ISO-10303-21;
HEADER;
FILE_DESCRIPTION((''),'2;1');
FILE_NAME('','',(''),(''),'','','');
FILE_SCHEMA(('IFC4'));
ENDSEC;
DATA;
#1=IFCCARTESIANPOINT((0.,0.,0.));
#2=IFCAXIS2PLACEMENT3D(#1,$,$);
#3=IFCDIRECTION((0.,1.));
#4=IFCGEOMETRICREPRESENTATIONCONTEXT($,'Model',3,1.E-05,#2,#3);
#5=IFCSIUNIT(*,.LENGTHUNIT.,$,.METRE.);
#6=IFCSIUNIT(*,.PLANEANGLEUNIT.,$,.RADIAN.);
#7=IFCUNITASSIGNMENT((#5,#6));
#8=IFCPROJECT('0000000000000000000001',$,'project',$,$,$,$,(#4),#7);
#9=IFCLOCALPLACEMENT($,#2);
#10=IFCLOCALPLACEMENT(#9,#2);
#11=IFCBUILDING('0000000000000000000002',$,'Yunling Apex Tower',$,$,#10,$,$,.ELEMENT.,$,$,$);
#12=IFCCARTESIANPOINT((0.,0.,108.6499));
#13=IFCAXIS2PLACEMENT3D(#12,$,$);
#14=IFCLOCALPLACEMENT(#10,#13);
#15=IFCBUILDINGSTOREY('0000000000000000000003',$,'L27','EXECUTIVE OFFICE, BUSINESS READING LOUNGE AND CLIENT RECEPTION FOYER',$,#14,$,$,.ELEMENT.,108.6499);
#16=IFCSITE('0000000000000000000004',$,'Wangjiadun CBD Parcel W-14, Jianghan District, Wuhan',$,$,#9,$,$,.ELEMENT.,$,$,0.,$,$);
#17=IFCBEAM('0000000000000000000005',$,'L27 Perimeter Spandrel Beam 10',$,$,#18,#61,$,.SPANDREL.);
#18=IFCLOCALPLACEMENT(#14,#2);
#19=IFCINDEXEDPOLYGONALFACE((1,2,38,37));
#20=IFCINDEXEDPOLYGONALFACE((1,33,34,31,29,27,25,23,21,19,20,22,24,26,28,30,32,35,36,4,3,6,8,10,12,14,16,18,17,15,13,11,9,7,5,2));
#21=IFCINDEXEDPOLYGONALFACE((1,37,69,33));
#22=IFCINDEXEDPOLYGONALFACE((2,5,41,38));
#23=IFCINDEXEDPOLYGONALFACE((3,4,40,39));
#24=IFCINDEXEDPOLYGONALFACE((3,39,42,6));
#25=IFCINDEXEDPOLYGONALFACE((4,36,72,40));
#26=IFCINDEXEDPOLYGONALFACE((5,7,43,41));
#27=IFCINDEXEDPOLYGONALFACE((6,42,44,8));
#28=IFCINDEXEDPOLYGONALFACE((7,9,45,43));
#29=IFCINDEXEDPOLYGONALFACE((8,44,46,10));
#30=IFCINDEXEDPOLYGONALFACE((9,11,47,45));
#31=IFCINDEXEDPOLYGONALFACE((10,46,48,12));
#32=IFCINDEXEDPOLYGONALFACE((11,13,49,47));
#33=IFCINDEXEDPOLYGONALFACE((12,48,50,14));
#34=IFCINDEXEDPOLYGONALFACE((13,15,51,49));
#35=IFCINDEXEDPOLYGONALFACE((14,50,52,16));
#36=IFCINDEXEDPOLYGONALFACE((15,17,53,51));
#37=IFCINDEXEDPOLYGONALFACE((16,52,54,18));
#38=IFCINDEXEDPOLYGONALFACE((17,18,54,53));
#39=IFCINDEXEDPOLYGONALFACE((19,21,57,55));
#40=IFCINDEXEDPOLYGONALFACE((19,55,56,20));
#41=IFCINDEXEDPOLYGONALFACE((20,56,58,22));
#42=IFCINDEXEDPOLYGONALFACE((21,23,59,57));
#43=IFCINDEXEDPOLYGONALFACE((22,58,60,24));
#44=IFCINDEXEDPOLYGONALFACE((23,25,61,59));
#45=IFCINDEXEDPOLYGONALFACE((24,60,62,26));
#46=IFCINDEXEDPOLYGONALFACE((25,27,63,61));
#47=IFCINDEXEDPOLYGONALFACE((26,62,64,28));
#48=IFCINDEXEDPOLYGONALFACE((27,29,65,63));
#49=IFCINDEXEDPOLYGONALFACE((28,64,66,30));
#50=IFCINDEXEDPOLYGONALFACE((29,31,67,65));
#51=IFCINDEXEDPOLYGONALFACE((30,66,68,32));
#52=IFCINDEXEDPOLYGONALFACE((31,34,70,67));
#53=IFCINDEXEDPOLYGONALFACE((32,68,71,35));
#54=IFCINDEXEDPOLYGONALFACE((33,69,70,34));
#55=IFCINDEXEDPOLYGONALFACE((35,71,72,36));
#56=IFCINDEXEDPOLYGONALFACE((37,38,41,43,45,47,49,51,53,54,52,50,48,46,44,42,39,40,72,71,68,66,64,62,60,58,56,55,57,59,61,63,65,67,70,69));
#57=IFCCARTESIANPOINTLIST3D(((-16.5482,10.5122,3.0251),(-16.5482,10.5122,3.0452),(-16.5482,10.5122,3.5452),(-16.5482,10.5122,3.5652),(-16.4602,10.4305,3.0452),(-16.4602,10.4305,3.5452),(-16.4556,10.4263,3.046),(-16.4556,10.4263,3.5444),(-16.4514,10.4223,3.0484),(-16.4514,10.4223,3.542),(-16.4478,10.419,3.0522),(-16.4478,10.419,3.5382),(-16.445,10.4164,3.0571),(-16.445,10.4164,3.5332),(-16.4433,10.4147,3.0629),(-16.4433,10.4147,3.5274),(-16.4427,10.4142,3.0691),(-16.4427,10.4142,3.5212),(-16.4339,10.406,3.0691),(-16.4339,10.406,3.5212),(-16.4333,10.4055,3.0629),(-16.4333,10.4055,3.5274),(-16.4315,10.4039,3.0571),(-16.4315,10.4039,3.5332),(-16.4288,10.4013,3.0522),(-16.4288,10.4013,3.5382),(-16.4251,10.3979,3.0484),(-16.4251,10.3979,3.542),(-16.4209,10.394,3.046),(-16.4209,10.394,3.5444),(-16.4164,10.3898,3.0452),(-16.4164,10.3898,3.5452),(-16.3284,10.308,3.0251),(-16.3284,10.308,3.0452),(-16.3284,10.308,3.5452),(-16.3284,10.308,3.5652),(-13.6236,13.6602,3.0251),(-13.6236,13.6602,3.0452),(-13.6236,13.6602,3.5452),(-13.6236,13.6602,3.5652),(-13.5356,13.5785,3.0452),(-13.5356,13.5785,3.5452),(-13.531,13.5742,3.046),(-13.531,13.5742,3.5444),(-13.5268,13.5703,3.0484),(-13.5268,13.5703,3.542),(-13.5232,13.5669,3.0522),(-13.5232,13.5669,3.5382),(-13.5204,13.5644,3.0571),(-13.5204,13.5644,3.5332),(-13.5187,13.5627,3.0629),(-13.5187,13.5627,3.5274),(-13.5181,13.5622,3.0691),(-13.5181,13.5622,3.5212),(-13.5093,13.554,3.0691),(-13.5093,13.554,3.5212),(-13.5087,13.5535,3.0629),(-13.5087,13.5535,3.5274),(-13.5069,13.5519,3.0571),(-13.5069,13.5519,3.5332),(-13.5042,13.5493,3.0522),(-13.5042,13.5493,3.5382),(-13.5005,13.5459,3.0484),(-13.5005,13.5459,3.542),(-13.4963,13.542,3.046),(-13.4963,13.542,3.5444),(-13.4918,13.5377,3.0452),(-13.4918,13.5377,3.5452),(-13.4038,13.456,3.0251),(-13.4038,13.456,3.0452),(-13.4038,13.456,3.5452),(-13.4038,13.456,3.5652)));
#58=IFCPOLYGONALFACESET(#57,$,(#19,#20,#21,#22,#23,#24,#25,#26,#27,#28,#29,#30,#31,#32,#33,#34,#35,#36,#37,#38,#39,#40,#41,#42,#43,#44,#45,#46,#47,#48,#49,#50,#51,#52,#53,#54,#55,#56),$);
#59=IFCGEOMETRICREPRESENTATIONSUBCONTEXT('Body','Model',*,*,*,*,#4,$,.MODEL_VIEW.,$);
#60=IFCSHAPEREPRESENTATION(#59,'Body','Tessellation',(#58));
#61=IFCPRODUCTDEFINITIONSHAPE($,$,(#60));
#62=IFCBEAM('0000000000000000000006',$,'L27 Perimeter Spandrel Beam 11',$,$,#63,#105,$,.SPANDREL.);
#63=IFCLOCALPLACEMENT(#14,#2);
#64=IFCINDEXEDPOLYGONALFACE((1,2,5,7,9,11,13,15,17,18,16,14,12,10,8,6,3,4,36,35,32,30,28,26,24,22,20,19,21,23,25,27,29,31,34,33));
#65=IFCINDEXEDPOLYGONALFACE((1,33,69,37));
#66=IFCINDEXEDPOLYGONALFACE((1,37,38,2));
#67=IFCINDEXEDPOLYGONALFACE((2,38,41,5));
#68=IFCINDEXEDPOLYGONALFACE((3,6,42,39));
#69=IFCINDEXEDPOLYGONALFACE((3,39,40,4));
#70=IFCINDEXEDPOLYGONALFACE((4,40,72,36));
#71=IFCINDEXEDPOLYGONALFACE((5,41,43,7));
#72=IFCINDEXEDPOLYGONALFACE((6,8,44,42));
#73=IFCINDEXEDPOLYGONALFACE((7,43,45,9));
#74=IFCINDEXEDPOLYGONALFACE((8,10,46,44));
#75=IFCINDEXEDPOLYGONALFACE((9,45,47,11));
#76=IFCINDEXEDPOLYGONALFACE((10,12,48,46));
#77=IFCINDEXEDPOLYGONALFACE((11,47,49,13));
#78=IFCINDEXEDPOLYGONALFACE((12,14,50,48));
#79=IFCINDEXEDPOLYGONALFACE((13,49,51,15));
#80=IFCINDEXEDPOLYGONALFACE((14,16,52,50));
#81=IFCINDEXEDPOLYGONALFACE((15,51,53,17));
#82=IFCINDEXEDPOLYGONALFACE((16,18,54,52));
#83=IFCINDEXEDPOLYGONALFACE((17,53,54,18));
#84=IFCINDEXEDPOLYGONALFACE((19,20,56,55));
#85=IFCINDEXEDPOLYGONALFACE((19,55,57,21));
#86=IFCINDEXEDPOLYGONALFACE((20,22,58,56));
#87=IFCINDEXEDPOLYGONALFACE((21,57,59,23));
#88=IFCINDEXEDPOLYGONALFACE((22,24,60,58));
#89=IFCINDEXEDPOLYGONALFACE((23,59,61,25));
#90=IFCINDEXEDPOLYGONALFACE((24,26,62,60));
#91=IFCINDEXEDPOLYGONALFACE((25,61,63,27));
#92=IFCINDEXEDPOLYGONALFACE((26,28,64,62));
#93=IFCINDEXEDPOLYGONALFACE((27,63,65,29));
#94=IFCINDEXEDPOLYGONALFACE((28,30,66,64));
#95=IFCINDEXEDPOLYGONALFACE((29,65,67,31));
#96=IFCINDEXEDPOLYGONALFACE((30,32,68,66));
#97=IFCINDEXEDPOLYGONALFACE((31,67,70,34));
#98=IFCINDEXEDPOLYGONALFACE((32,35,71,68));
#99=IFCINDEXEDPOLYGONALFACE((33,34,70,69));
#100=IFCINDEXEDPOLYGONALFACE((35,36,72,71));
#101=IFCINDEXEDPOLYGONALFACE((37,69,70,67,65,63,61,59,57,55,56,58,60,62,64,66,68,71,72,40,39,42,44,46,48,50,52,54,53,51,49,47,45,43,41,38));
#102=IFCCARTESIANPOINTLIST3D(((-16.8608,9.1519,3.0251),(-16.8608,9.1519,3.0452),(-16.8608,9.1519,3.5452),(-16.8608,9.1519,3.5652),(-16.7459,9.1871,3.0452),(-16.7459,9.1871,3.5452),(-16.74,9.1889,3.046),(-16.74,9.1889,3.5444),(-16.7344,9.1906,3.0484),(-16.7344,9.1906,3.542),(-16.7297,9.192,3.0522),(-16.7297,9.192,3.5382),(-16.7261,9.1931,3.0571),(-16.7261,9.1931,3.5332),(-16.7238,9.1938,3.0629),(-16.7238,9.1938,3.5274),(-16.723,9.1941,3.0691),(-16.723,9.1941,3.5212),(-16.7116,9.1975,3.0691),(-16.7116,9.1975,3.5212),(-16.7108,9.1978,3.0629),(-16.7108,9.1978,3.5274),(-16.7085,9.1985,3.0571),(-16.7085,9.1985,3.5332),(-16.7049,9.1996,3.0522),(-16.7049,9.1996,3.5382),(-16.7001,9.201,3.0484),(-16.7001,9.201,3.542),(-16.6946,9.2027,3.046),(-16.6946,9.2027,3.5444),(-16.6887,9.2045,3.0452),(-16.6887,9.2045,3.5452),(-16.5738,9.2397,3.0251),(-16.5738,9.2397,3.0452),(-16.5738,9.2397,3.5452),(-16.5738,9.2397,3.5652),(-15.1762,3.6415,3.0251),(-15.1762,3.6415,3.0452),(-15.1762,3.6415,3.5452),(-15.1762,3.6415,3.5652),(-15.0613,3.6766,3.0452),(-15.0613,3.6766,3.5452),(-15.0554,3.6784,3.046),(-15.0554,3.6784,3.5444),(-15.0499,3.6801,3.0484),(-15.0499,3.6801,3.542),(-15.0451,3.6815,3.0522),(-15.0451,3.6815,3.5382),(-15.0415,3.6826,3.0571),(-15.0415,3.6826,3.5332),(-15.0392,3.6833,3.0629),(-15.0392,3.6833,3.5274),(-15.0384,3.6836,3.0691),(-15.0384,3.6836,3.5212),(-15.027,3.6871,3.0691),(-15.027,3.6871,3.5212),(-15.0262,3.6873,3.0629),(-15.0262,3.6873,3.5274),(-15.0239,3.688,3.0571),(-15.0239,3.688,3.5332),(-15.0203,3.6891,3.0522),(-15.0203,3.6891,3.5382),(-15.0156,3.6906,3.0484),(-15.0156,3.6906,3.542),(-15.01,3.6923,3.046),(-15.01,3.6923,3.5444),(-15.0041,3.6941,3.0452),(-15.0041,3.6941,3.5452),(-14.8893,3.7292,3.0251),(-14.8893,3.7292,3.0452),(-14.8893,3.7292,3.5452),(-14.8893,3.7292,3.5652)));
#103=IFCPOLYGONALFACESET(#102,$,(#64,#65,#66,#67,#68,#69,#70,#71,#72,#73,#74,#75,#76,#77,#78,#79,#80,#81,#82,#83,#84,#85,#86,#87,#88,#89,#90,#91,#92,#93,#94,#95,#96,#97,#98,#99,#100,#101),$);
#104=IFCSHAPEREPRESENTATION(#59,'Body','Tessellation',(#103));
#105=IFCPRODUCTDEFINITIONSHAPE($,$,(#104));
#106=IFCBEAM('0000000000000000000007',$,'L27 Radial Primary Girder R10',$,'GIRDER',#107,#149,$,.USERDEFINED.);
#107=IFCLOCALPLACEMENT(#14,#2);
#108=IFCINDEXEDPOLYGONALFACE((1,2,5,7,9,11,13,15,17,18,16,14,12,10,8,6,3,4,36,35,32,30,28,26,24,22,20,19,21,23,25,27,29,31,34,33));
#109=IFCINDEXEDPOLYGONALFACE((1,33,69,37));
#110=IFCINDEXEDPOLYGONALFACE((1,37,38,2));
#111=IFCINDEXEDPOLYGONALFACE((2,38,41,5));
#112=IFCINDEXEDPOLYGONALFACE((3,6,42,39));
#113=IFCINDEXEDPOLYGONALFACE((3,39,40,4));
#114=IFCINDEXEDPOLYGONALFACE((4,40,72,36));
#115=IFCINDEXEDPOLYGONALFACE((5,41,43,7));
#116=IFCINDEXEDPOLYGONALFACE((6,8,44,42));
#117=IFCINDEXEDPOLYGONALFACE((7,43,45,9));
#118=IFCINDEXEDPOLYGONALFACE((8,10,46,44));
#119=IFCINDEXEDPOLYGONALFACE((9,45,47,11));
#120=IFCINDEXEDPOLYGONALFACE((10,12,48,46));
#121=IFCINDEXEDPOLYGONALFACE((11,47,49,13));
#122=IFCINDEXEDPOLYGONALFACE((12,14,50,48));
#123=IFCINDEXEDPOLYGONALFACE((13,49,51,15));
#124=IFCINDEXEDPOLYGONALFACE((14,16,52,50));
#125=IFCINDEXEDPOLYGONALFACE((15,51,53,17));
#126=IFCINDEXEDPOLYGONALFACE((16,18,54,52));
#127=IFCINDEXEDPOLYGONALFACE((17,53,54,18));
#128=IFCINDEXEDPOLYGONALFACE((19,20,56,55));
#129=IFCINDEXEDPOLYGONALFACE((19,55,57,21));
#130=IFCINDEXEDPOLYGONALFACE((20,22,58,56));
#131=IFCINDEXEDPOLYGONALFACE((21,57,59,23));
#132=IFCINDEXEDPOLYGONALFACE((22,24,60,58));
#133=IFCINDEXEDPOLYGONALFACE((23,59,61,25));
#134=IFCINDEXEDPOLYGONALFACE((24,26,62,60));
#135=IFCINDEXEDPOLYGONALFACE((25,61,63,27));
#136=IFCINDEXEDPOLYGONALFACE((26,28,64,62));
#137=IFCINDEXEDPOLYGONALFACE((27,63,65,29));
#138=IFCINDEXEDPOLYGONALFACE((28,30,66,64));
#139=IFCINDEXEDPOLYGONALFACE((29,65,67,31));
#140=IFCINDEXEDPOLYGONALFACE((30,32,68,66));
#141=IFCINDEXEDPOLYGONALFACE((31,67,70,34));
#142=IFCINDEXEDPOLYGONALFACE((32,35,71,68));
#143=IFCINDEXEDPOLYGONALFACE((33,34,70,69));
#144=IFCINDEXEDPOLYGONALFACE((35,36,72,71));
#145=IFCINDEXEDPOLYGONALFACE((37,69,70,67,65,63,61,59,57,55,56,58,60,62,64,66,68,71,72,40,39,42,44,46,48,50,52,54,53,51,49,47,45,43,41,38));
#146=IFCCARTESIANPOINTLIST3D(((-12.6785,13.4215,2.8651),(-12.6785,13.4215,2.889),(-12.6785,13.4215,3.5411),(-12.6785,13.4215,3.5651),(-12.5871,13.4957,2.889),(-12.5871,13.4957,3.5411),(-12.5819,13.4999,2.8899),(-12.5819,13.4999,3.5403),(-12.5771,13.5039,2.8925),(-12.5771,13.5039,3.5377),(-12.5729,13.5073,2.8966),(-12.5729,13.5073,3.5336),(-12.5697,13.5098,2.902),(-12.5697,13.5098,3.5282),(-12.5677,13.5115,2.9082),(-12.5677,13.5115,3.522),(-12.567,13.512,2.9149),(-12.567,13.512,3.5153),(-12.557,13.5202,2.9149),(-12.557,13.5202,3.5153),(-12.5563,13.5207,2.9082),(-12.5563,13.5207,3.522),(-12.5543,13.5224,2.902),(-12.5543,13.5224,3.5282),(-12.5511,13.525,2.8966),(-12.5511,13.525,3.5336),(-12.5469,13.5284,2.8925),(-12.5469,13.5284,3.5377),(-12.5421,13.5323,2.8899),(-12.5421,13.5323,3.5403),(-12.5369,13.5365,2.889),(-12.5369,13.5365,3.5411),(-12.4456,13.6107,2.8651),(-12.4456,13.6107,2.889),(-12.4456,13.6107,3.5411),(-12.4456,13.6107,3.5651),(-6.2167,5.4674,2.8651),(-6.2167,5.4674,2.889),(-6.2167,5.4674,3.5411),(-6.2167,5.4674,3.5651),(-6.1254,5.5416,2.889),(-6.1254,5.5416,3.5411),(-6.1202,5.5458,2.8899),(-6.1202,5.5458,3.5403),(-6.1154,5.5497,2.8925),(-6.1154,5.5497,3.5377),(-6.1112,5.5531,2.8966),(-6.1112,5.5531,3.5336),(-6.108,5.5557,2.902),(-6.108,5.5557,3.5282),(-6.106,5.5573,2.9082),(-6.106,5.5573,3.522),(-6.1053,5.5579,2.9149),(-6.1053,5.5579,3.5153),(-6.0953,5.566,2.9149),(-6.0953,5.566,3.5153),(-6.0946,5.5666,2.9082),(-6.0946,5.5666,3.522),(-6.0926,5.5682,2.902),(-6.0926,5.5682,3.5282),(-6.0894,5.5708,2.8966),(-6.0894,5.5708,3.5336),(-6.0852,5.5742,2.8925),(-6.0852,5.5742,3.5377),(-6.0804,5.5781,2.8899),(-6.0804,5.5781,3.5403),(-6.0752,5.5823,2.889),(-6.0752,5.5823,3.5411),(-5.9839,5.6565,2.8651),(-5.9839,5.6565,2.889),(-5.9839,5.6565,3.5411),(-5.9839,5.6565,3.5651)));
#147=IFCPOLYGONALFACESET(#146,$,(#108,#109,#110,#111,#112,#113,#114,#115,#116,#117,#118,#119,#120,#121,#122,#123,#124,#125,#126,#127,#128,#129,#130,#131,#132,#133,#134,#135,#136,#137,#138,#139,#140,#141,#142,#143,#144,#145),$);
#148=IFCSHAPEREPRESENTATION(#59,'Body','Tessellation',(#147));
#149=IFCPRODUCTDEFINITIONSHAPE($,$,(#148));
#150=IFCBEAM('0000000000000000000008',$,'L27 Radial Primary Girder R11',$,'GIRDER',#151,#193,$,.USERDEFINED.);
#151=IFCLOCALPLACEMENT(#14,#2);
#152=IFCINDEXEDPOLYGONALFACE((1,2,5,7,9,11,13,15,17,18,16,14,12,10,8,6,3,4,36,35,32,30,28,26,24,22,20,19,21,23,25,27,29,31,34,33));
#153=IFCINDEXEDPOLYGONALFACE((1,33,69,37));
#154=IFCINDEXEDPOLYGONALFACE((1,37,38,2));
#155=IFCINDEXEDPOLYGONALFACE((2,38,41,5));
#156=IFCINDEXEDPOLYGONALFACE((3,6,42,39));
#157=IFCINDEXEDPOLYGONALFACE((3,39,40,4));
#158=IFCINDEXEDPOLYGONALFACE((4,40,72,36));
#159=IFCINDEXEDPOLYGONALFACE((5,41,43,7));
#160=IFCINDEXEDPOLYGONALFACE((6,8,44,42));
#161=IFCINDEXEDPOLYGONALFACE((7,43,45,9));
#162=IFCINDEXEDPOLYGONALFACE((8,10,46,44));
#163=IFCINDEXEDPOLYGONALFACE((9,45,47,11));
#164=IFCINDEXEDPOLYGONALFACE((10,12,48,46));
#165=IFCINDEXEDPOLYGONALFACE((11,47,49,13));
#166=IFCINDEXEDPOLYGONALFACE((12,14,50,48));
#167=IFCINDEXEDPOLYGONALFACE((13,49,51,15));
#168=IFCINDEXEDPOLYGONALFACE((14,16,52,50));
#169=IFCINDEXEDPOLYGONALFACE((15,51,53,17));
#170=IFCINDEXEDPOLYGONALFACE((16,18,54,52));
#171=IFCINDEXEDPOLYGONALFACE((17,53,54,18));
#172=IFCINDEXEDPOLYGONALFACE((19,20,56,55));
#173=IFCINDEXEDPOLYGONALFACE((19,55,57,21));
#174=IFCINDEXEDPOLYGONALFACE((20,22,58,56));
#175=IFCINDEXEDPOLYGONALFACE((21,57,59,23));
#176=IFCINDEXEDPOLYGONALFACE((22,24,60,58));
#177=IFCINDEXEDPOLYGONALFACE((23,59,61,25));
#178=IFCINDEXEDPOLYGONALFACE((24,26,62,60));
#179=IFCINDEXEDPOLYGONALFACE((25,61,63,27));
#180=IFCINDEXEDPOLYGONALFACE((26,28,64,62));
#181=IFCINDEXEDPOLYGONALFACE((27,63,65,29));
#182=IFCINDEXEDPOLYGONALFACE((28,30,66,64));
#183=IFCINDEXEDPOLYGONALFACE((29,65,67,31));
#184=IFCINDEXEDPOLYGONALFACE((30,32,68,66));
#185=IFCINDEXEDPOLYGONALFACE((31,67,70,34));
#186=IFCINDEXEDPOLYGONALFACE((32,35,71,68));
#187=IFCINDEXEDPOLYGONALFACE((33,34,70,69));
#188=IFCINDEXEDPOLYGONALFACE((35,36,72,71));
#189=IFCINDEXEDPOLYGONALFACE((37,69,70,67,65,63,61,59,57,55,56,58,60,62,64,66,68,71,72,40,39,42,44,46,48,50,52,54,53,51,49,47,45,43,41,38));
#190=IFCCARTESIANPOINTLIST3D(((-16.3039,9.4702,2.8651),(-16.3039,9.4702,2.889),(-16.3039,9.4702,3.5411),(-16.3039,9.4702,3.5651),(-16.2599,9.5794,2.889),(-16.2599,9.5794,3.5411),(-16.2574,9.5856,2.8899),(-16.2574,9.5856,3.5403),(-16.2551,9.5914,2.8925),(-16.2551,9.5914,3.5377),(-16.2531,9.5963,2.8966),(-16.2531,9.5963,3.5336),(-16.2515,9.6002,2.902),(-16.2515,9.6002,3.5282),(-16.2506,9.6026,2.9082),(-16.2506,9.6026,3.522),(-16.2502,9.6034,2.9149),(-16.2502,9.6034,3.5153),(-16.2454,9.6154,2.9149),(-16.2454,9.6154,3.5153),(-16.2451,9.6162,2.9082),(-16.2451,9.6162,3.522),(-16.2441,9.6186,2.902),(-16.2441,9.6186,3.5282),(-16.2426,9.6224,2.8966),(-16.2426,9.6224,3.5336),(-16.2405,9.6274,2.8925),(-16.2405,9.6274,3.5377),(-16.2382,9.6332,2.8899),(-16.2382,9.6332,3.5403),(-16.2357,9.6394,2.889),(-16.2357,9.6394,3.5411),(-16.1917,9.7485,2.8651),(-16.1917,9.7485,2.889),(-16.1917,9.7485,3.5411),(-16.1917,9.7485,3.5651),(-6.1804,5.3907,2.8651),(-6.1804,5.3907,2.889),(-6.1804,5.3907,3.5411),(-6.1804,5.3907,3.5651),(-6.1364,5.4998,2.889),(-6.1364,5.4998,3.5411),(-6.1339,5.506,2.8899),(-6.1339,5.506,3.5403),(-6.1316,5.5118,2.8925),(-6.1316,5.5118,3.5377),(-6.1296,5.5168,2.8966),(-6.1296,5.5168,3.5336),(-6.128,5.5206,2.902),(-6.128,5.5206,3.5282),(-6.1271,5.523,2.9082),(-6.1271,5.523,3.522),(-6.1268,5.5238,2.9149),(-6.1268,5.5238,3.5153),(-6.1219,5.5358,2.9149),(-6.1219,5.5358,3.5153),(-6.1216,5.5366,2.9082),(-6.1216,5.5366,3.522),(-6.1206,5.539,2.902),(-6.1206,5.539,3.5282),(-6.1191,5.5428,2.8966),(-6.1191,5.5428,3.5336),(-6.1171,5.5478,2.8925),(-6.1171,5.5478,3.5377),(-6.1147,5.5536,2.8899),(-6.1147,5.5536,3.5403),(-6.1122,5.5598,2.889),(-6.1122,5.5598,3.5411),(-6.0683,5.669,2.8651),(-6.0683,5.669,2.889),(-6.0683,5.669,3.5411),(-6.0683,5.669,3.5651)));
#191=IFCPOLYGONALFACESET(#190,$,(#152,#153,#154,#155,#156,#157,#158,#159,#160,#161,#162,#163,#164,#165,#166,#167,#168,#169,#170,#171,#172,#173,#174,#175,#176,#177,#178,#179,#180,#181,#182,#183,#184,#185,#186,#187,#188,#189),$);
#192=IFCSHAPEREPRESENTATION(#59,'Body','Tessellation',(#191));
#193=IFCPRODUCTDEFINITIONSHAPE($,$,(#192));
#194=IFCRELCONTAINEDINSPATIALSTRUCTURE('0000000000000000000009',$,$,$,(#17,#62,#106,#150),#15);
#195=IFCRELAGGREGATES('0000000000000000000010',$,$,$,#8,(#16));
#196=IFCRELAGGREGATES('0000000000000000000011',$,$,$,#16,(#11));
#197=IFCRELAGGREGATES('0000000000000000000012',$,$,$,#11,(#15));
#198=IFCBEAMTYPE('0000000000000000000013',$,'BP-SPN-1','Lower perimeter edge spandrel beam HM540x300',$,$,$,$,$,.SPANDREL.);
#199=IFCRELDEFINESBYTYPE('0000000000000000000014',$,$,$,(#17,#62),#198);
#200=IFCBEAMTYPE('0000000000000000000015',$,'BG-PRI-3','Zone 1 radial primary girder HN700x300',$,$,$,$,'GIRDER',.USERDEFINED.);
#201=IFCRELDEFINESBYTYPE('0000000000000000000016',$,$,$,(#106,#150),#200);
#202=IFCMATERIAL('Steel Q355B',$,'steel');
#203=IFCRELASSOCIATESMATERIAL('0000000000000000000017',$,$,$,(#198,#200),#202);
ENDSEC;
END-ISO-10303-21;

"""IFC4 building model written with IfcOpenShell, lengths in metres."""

from ifc_helpers import new_model, si_unit, direction, frame, origin, origin_2d, place, context, subcontext, project, spatial, i_section, extrude, source, transform, mapped, material, material_profile, profile_set, type_object, element, save


model = new_model("IFC4")

# Units and contexts
model_context = context("Model", 3, precision=1e-05, world=origin(), true_north=direction((0.0, 1.0)))
body_context = subcontext(model_context, "Body", "Model", "MODEL_VIEW")
ifc_project = project(units=[si_unit("LENGTHUNIT", "METRE"), si_unit("PLANEANGLEUNIT", "RADIAN")], contexts=[model_context])

# Site, building, storey
site_placement = place(None, origin())
site = spatial("IfcSite", under=ifc_project, at=site_placement, Name="Wangjiadun CBD Parcel W-14, Jianghan District, Wuhan", CompositionType="ELEMENT", RefElevation=0.0)
building_placement = place(site_placement, origin())
building = spatial("IfcBuilding", under=site, at=building_placement, Name="Yunling Apex Tower", CompositionType="ELEMENT")
storey_placement = place(building_placement, frame((0.0, 0.0, 108.6499)))
storey = spatial("IfcBuildingStorey", under=building, at=storey_placement, Name="L27", Description="EXECUTIVE OFFICE, BUSINESS READING LOUNGE AND CLIENT RECEPTION FOYER", CompositionType="ELEMENT", Elevation=108.6499)

# Beams
ifc_material_1 = material(Name="Steel Q355B", Category="steel")
ifc_material_profile_1 = material_profile(ifc_material_1, i_section(OverallWidth=0.3, OverallDepth=0.54, WebThickness=0.012, FlangeThickness=0.02, FilletRadius=0.0239, at=origin_2d()))
ifc_profile_set_1 = profile_set([ifc_material_profile_1], Name="Steel Q355B")
beam_type_1 = type_object("IfcBeamType", Name="BP-SPN-1", Description="Lower perimeter edge spandrel beam HM540x300", PredefinedType="SPANDREL", material=ifc_profile_set_1)
shared_shape_1 = source(origin(), body_context, "Body", "SweptSolid", [
    extrude(i_section(OverallWidth=0.3, OverallDepth=0.54, WebThickness=0.012, FlangeThickness=0.02, FilletRadius=0.0239, at=origin_2d()), origin(), (0.0, 0.0, 1.0), 4.2969),
])
beam_1_placement = place(storey_placement, frame((-13.5137, 13.5581, 3.2952), z_axis=(-0.680634, -0.732623, 0.0), x_axis=(0.732623, -0.680634, 0.0)))
element("IfcBeam", 1, at=beam_1_placement, inside=storey, type_object=beam_type_1, Name="L27 Perimeter Spandrel Beam 10", PredefinedType="SPANDREL", context=body_context, shape_type="MappedRepresentation", body=[
    mapped(shared_shape_1, transform((0.0, 0.0, 0.0), scale=1.0)),
])
shared_shape_2 = source(origin(), body_context, "Body", "SweptSolid", [
    extrude(i_section(OverallWidth=0.3, OverallDepth=0.54, WebThickness=0.012, FlangeThickness=0.02, FilletRadius=0.0239, at=origin_2d()), origin(), (0.0, 0.0, 1.0), 5.7622),
])
beam_2_placement = place(storey_placement, frame((-16.7173, 9.1958, 3.2952), z_axis=(0.292347, -0.956312, 0.0), x_axis=(0.956312, 0.292347, 0.0)))
element("IfcBeam", 2, at=beam_2_placement, inside=storey, type_object=beam_type_1, Name="L27 Perimeter Spandrel Beam 11", PredefinedType="SPANDREL", context=body_context, shape_type="MappedRepresentation", body=[
    mapped(shared_shape_2, transform((0.0, 0.0, 0.0), scale=1.0)),
])
ifc_material_profile_2 = material_profile(ifc_material_1, i_section(OverallWidth=0.3, OverallDepth=0.7, WebThickness=0.0129, FlangeThickness=0.0239, FilletRadius=0.0259, at=origin_2d()))
ifc_profile_set_2 = profile_set([ifc_material_profile_2], Name="Steel Q355B")
beam_type_2 = type_object("IfcBeamType", Name="BG-PRI-3", Description="Zone 1 radial primary girder HN700x300", ElementType="GIRDER", PredefinedType="USERDEFINED", material=ifc_profile_set_2)
shared_shape_3 = source(origin(), body_context, "Body", "SweptSolid", [
    extrude(i_section(OverallWidth=0.3, OverallDepth=0.7, WebThickness=0.0129, FlangeThickness=0.0239, FilletRadius=0.0259, at=origin_2d()), origin(), (0.0, 0.0, 1.0), 10.248),
])
beam_3_placement = place(storey_placement, frame((-12.562, 13.5161, 3.2151), z_axis=(0.630532, -0.776164, 0.0), x_axis=(0.776164, 0.630532, 0.0)))
element("IfcBeam", 3, at=beam_3_placement, inside=storey, type_object=beam_type_2, Name="L27 Radial Primary Girder R10", ObjectType="GIRDER", PredefinedType="USERDEFINED", context=body_context, shape_type="MappedRepresentation", body=[
    mapped(shared_shape_3, transform((0.0, 0.0, 0.0), scale=1.0)),
])
shared_shape_4 = source(origin(), body_context, "Body", "SweptSolid", [
    extrude(i_section(OverallWidth=0.3, OverallDepth=0.7, WebThickness=0.0129, FlangeThickness=0.0239, FilletRadius=0.0259, at=origin_2d()), origin(), (0.0, 0.0, 1.0), 10.9146),
])
beam_4_placement = place(storey_placement, frame((-16.2478, 9.6094, 3.2151), z_axis=(0.92752, -0.373773, 0.0), x_axis=(0.373773, 0.92752, 0.0)))
element("IfcBeam", 4, at=beam_4_placement, inside=storey, type_object=beam_type_2, Name="L27 Radial Primary Girder R11", ObjectType="GIRDER", PredefinedType="USERDEFINED", context=body_context, shape_type="MappedRepresentation", body=[
    mapped(shared_shape_4, transform((0.0, 0.0, 0.0), scale=1.0)),
])

save(model, "model.ifc")
